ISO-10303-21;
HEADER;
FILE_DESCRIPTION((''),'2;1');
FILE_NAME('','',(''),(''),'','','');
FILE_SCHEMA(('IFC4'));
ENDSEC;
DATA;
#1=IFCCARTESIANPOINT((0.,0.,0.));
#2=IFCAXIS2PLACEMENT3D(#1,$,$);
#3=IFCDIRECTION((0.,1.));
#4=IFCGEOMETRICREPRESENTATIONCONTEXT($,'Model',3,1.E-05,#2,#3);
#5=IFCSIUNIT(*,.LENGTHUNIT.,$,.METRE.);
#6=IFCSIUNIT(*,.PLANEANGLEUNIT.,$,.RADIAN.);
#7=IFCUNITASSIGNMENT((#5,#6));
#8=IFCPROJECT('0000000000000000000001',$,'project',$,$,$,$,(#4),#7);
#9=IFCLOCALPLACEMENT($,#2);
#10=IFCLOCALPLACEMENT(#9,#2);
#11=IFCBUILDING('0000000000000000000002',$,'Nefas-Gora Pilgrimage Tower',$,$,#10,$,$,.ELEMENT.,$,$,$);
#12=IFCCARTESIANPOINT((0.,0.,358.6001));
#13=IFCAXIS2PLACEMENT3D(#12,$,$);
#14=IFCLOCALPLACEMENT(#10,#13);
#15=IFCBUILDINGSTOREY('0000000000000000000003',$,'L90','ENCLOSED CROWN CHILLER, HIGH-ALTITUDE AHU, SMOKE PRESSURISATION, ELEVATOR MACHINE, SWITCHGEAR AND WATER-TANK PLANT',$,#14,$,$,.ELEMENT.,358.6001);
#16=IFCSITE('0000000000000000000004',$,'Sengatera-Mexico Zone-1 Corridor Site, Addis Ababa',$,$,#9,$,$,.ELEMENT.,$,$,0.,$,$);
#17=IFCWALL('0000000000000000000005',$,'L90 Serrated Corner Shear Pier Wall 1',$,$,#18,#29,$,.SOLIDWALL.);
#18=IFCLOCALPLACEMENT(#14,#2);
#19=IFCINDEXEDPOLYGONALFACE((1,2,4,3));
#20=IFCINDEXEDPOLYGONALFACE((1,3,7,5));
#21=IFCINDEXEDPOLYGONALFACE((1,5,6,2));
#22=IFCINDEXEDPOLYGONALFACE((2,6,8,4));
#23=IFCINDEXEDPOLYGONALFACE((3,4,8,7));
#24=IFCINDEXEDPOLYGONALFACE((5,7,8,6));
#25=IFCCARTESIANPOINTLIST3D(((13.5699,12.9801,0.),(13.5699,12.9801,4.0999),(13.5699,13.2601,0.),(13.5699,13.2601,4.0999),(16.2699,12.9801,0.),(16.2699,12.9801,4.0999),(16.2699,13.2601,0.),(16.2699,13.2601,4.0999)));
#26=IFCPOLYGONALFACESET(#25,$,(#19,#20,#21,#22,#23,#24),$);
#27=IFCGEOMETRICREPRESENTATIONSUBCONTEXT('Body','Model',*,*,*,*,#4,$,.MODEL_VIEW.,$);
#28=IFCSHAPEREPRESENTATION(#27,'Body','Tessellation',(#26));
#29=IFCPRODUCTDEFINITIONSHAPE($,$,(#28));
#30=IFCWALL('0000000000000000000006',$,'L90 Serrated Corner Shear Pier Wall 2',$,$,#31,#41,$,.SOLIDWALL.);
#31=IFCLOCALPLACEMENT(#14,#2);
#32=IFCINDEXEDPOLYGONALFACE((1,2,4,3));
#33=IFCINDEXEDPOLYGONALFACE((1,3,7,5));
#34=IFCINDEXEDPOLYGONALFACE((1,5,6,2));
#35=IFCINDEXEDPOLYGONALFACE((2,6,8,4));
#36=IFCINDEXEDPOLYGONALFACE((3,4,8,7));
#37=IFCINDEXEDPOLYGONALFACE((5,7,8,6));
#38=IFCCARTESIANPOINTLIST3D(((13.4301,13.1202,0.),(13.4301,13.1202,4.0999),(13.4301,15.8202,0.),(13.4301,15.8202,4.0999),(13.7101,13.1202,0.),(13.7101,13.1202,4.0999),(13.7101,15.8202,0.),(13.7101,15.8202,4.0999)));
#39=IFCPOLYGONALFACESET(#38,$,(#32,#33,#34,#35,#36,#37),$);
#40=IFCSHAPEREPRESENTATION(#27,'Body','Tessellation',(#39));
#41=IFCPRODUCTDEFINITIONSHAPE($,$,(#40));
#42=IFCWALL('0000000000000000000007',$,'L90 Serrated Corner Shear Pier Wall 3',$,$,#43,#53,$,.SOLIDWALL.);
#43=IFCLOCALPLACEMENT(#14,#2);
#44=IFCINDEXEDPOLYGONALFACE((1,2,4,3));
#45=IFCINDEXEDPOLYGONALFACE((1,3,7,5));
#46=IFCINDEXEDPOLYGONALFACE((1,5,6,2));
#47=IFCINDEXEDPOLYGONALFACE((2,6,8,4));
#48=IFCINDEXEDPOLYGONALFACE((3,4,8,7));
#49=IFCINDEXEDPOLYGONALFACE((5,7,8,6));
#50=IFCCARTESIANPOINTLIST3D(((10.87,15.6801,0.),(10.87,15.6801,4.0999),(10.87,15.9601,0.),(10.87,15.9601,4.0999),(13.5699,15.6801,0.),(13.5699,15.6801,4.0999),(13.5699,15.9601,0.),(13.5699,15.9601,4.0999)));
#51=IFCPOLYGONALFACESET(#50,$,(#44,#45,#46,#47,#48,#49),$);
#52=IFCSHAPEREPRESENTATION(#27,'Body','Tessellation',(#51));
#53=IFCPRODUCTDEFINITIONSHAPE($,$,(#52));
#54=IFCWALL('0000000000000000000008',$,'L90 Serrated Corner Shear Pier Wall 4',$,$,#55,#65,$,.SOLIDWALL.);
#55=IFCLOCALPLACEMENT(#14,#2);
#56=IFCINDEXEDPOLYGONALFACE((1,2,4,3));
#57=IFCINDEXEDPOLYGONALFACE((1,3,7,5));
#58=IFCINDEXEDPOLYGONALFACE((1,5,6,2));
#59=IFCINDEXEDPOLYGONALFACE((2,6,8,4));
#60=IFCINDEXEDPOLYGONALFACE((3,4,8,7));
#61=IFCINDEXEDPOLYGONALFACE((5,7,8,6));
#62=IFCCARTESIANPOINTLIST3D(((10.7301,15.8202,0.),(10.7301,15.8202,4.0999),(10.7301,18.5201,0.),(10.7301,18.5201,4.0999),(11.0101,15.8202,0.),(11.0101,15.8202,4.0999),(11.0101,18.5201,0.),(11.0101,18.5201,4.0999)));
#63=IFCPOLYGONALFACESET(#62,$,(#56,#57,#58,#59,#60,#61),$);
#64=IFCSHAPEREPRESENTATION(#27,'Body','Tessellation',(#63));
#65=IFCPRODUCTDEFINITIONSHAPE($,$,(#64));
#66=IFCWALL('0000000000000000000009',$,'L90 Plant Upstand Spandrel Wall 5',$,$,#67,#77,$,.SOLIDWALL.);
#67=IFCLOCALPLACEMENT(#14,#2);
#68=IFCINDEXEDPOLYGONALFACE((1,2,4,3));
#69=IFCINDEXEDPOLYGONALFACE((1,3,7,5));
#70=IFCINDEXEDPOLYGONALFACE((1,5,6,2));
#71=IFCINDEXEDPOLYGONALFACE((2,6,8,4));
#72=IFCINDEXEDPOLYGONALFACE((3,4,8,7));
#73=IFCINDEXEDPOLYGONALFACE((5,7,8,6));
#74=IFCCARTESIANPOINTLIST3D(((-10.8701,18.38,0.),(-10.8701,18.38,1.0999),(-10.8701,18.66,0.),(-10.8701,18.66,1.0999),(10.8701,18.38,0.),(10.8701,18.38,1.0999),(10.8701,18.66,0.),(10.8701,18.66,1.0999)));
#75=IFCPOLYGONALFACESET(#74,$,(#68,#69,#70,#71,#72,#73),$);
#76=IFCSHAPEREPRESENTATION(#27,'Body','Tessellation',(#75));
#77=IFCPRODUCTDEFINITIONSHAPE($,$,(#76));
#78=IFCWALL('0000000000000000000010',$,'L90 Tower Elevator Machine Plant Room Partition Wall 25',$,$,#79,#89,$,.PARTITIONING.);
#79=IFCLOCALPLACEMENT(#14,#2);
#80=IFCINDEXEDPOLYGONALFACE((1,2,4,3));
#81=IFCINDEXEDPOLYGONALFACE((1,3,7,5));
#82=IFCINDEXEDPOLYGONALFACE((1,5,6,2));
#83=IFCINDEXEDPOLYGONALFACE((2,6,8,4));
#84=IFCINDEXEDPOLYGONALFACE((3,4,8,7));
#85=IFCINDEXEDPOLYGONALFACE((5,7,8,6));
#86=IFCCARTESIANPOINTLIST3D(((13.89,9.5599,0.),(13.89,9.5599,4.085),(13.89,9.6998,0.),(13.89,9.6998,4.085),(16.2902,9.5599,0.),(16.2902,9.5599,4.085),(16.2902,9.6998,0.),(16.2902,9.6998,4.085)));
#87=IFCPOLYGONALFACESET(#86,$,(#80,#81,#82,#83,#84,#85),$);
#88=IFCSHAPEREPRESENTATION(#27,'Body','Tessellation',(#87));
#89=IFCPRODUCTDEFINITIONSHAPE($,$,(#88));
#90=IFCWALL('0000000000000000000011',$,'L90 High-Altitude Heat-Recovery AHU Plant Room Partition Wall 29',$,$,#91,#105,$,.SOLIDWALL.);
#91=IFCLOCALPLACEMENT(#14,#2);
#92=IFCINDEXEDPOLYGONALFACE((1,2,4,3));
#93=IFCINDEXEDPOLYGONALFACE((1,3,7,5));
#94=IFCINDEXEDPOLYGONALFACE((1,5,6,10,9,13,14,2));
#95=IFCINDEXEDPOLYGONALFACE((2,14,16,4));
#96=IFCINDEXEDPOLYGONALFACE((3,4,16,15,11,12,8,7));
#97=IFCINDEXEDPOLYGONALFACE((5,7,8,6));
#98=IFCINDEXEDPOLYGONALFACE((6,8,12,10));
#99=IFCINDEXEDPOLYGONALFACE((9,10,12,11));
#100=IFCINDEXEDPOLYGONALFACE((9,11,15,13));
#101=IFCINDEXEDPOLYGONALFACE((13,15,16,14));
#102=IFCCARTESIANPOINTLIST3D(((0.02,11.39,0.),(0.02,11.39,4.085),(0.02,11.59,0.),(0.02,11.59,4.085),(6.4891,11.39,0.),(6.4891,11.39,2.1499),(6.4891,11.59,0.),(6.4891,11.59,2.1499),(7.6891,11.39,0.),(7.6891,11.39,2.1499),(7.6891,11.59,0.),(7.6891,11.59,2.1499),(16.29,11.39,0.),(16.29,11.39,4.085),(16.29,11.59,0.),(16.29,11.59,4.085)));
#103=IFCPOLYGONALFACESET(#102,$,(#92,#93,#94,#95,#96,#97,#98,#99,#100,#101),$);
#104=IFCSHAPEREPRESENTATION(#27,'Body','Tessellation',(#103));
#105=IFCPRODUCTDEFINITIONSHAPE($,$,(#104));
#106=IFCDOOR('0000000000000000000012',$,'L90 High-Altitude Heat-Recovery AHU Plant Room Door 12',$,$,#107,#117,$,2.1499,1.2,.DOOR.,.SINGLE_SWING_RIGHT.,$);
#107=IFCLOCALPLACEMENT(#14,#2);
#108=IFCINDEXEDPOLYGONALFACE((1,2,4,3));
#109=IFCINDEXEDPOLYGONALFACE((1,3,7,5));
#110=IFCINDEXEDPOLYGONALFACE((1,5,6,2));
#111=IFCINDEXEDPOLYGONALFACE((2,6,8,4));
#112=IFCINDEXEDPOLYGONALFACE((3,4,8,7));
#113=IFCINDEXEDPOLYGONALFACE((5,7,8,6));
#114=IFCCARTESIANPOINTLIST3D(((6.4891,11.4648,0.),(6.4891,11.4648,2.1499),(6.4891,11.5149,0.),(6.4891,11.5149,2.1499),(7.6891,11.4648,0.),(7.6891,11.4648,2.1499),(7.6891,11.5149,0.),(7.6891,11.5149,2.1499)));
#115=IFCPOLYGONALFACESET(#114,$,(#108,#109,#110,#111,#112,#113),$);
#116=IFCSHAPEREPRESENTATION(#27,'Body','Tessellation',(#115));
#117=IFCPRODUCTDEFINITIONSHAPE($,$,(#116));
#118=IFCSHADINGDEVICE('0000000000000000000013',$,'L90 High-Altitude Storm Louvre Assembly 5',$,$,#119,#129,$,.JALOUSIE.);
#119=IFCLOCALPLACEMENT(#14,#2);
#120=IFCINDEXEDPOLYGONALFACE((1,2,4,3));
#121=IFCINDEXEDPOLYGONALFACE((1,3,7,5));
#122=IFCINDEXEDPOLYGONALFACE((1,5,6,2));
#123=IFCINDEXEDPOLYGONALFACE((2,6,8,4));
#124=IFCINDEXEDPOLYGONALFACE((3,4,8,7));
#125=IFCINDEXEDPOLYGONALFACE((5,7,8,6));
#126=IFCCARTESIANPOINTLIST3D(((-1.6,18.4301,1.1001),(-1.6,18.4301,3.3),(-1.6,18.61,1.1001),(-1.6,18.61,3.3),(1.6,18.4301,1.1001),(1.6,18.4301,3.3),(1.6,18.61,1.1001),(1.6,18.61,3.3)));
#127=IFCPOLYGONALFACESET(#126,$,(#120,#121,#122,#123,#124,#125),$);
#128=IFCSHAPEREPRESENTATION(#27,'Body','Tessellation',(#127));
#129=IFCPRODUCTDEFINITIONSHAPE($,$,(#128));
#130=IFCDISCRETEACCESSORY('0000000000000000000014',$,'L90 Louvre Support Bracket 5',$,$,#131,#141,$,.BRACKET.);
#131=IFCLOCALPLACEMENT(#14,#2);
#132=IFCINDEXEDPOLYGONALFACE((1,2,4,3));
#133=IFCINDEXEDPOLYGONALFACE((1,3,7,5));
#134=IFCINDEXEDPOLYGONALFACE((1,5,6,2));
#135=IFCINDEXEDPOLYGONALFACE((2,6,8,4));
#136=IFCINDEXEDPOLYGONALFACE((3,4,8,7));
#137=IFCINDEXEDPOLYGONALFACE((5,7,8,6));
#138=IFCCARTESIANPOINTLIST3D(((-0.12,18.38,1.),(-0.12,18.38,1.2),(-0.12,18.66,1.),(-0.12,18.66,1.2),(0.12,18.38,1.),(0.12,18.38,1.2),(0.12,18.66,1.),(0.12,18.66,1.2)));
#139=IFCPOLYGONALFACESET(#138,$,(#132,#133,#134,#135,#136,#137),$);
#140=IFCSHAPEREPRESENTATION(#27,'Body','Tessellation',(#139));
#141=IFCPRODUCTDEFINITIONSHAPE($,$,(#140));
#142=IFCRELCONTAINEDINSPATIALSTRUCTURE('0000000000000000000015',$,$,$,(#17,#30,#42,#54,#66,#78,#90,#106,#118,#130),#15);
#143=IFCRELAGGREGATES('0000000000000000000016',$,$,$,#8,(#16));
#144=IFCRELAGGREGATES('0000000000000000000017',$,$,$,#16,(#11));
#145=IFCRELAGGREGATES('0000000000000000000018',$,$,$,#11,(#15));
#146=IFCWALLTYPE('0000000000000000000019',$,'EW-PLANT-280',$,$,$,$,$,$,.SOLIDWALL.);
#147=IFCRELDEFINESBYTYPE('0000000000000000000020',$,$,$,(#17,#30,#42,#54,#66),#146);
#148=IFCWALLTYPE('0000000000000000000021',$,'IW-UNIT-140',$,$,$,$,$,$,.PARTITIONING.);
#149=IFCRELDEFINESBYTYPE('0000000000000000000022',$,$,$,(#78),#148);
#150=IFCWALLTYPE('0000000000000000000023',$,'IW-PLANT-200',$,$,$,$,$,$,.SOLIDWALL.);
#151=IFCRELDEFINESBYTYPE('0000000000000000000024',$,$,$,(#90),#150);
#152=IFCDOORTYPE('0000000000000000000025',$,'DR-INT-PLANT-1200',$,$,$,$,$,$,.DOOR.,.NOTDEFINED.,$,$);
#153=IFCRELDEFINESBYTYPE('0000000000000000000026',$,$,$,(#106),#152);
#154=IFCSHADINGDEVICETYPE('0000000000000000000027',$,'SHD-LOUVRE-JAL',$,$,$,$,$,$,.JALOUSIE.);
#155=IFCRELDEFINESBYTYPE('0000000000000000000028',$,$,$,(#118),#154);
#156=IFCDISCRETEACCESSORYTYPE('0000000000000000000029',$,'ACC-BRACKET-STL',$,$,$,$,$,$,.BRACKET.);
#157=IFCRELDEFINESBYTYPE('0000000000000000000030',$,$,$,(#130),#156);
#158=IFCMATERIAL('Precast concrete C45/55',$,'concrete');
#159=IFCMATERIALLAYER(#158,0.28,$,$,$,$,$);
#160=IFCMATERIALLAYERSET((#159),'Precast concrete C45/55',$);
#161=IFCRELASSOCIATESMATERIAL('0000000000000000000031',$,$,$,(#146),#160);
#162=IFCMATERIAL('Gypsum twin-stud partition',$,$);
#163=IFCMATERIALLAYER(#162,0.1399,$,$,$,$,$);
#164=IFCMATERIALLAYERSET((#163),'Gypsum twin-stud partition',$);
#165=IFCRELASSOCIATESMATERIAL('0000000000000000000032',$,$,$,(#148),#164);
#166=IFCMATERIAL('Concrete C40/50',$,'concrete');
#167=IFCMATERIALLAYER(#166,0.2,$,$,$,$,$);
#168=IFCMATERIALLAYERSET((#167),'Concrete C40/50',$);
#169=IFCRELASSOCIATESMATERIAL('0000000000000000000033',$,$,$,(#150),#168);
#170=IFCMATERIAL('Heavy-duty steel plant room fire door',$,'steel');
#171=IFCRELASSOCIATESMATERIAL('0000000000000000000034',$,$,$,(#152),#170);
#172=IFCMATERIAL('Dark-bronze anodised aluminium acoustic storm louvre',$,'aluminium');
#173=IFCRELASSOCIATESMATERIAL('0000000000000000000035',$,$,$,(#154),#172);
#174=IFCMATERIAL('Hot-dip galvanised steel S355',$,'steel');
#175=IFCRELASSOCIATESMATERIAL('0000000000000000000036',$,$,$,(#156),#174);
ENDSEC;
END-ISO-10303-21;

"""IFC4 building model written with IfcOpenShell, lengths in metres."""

from ifc_helpers import new_model, si_unit, direction, frame, frame_2d, origin, origin_2d, place, context, subcontext, project, spatial, rectangle, extrude, source, transform, mapped, material, layer, layer_set, type_object, element, fill, save


model = new_model("IFC4")

# Units and contexts
model_context = context("Model", 3, precision=1e-05, world=origin(), true_north=direction((0.0, 1.0)))
body_context = subcontext(model_context, "Body", "Model", "MODEL_VIEW")
ifc_project = project(units=[si_unit("LENGTHUNIT", "METRE"), si_unit("PLANEANGLEUNIT", "RADIAN")], contexts=[model_context])

# Site, building, storey
site_placement = place(None, origin())
site = spatial("IfcSite", under=ifc_project, at=site_placement, Name="Sengatera-Mexico Zone-1 Corridor Site, Addis Ababa", CompositionType="ELEMENT", RefElevation=0.0)
building_placement = place(site_placement, origin())
building = spatial("IfcBuilding", under=site, at=building_placement, Name="Nefas-Gora Pilgrimage Tower", CompositionType="ELEMENT")
storey_placement = place(building_placement, frame((0.0, 0.0, 358.6001)))
storey = spatial("IfcBuildingStorey", under=building, at=storey_placement, Name="L90", Description="ENCLOSED CROWN CHILLER, HIGH-ALTITUDE AHU, SMOKE PRESSURISATION, ELEVATOR MACHINE, SWITCHGEAR AND WATER-TANK PLANT", CompositionType="ELEMENT", Elevation=358.6001)

# Walls
ifc_material_1 = material(Name="Precast concrete C45/55", Category="concrete")
ifc_layer_1 = layer(ifc_material_1, 0.28)
ifc_layer_set_1 = layer_set([ifc_layer_1], Name="Precast concrete C45/55")
wall_type_1 = type_object("IfcWallType", Name="EW-PLANT-280", PredefinedType="SOLIDWALL", material=ifc_layer_set_1)
shared_shape_1 = source(origin(), body_context, "Body", "SweptSolid", [
    extrude(rectangle(XDim=2.7, YDim=0.28, at=frame_2d((1.3501, 0.0))), origin(), (0.0, 0.0, 1.0), 4.0999),
])
for number, where, z_axis, x_axis, name in (
    (1, (16.27, 13.1201, 0.0), (0.0, 0.0, 1.0), (-1.0, 0.0, 0.0), "L90 Serrated Corner Shear Pier Wall 1"),
    (2, (13.5701, 13.1201, 0.0), (0.0, 0.0, 1.0), (0.0, 1.0, 0.0), "L90 Serrated Corner Shear Pier Wall 2"),
    (3, (13.5701, 15.8201, 0.0), (0.0, 0.0, 1.0), (-1.0, 0.0, 0.0), "L90 Serrated Corner Shear Pier Wall 3"),
    (4, (10.8701, 15.8201, 0.0), (0.0, 0.0, 1.0), (0.0, 1.0, 0.0), "L90 Serrated Corner Shear Pier Wall 4"),
):
    element("IfcWall", number, at=place(storey_placement, frame(where, z_axis=z_axis, x_axis=x_axis)), inside=storey, type_object=wall_type_1, Name=name, PredefinedType="SOLIDWALL", context=body_context, shape_type="MappedRepresentation", body=[
        mapped(shared_shape_1, transform((0.0, 0.0, 0.0), x_axis=(1.0, 0.0, 0.0), y_axis=(0.0, 1.0, 0.0), z_axis=(0.0, 0.0, 1.0), scale=1.0)),
    ])
shared_shape_2 = source(origin(), body_context, "Body", "SweptSolid", [
    extrude(rectangle(XDim=21.7402, YDim=0.28, at=frame_2d((10.8701, 0.0))), origin(), (0.0, 0.0, 1.0), 1.0999),
])
wall_1_placement = place(storey_placement, frame((10.8701, 18.52, 0.0), z_axis=(0.0, 0.0, 1.0), x_axis=(-1.0, 0.0, 0.0)))
element("IfcWall", 5, at=wall_1_placement, inside=storey, type_object=wall_type_1, Name="L90 Plant Upstand Spandrel Wall 5", PredefinedType="SOLIDWALL", context=body_context, shape_type="MappedRepresentation", body=[
    mapped(shared_shape_2, transform((0.0, 0.0, 0.0), x_axis=(1.0, 0.0, 0.0), y_axis=(0.0, 1.0, 0.0), z_axis=(0.0, 0.0, 1.0), scale=1.0)),
])
ifc_material_2 = material(Name="Gypsum twin-stud partition")
ifc_layer_2 = layer(ifc_material_2, 0.1399)
ifc_layer_set_2 = layer_set([ifc_layer_2], Name="Gypsum twin-stud partition")
wall_type_2 = type_object("IfcWallType", Name="IW-UNIT-140", PredefinedType="PARTITIONING", material=ifc_layer_set_2)
shared_shape_3 = source(origin(), body_context, "Body", "SweptSolid", [
    extrude(rectangle(XDim=2.4001, YDim=0.1399, at=frame_2d((1.2002, 0.0))), origin(), (0.0, 0.0, 1.0), 4.085),
])
wall_2_placement = place(storey_placement, frame((13.8899, 9.6299, 0.0), z_axis=(0.0, 0.0, 1.0), x_axis=(1.0, 0.0, 0.0)))
element("IfcWall", 6, at=wall_2_placement, inside=storey, type_object=wall_type_2, Name="L90 Tower Elevator Machine Plant Room Partition Wall 25", PredefinedType="PARTITIONING", context=body_context, shape_type="MappedRepresentation", body=[
    mapped(shared_shape_3, transform((0.0, 0.0, 0.0), x_axis=(1.0, 0.0, 0.0), y_axis=(0.0, 1.0, 0.0), z_axis=(0.0, 0.0, 1.0), scale=1.0)),
])

# Wall, opening, door
ifc_material_3 = material(Name="Concrete C40/50", Category="concrete")
ifc_layer_3 = layer(ifc_material_3, 0.2)
ifc_layer_set_3 = layer_set([ifc_layer_3], Name="Concrete C40/50")
wall_type_3 = type_object("IfcWallType", Name="IW-PLANT-200", PredefinedType="SOLIDWALL", material=ifc_layer_set_3)
shared_shape_4 = source(origin(), body_context, "Body", "SweptSolid", [
    extrude(rectangle(XDim=16.27, YDim=0.2, at=frame_2d((8.135, 0.0))), origin(), (0.0, 0.0, 1.0), 4.085),
])
wall_3_placement = place(storey_placement, frame((0.02, 11.49, 0.0), z_axis=(0.0, 0.0, 1.0), x_axis=(1.0, 0.0, 0.0)))
wall_3 = element("IfcWall", 7, at=wall_3_placement, inside=storey, type_object=wall_type_3, Name="L90 High-Altitude Heat-Recovery AHU Plant Room Partition Wall 29", PredefinedType="SOLIDWALL", context=body_context, shape_type="MappedRepresentation", body=[
    mapped(shared_shape_4, transform((0.0, 0.0, 0.0), x_axis=(1.0, 0.0, 0.0), y_axis=(0.0, 1.0, 0.0), z_axis=(0.0, 0.0, 1.0), scale=1.0)),
])
opening_placement = place(wall_3_placement, frame((6.469, 0.0, 0.0)))
opening = element("IfcOpeningElement", 8, at=opening_placement, cuts=wall_3, PredefinedType="OPENING", context=body_context, shape_type="SweptSolid", body=[
    extrude(rectangle(XDim=1.2, YDim=2.1499, at=frame_2d((0.6001, 1.075))), frame((0.0, 0.1099, 0.0), z_axis=(0.0, -1.0, 0.0), x_axis=(1.0, 0.0, 0.0)), (0.0, 0.0, 1.0), 0.22),
])
ifc_material_4 = material(Name="Heavy-duty steel plant room fire door", Category="steel")
door_type = type_object("IfcDoorType", Name="DR-INT-PLANT-1200", OperationType="NOTDEFINED", PredefinedType="DOOR", material=ifc_material_4)
shared_shape_5 = source(origin(), body_context, "Body", "SweptSolid", [
    extrude(rectangle(XDim=1.2, YDim=2.1499, at=frame_2d((0.6001, 1.075))), frame((0.0, 0.0249, 0.0), z_axis=(0.0, -1.0, 0.0), x_axis=(1.0, 0.0, 0.0)), (0.0, 0.0, 1.0), 0.05),
])
door_placement = place(opening_placement, origin())
door = element("IfcDoor", 9, at=door_placement, inside=storey, type_object=door_type, Name="L90 High-Altitude Heat-Recovery AHU Plant Room Door 12", OperationType="SINGLE_SWING_RIGHT", OverallHeight=2.1499, OverallWidth=1.2, PredefinedType="DOOR", context=body_context, shape_type="MappedRepresentation", body=[
    mapped(shared_shape_5, transform((0.0, 0.0, 0.0), x_axis=(1.0, 0.0, 0.0), y_axis=(0.0, 1.0, 0.0), z_axis=(0.0, 0.0, 1.0), scale=1.0)),
])
fill(opening, door)

# Shading device
ifc_material_5 = material(Name="Dark-bronze anodised aluminium acoustic storm louvre", Category="aluminium")
shading_device_type = type_object("IfcShadingDeviceType", Name="SHD-LOUVRE-JAL", PredefinedType="JALOUSIE", material=ifc_material_5)
shared_shape_6 = source(origin(), body_context, "Body", "SweptSolid", [
    extrude(rectangle(XDim=3.2, YDim=0.1799, at=origin_2d()), origin(), (0.0, 0.0, 1.0), 2.2),
])
shading_device_placement = place(storey_placement, frame((0.0, 18.52, 1.1001), z_axis=(0.0, 0.0, 1.0), x_axis=(1.0, 0.0, 0.0)))
element("IfcShadingDevice", 10, at=shading_device_placement, inside=storey, type_object=shading_device_type, Name="L90 High-Altitude Storm Louvre Assembly 5", PredefinedType="JALOUSIE", context=body_context, shape_type="MappedRepresentation", body=[
    mapped(shared_shape_6, transform((0.0, 0.0, 0.0), x_axis=(1.0, 0.0, 0.0), y_axis=(0.0, 1.0, 0.0), z_axis=(0.0, 0.0, 1.0), scale=1.0)),
])

# Discrete accessory
ifc_material_6 = material(Name="Hot-dip galvanised steel S355", Category="steel")
discrete_accessory_type = type_object("IfcDiscreteAccessoryType", Name="ACC-BRACKET-STL", PredefinedType="BRACKET", material=ifc_material_6)
shared_shape_7 = source(origin(), body_context, "Body", "SweptSolid", [
    extrude(rectangle(XDim=0.24, YDim=0.28, at=origin_2d()), origin(), (0.0, 0.0, 1.0), 0.2),
])
discrete_accessory_placement = place(storey_placement, frame((0.0, 18.52, 1.0), z_axis=(0.0, 0.0, 1.0), x_axis=(1.0, 0.0, 0.0)))
element("IfcDiscreteAccessory", 11, at=discrete_accessory_placement, inside=storey, type_object=discrete_accessory_type, Name="L90 Louvre Support Bracket 5", PredefinedType="BRACKET", context=body_context, shape_type="MappedRepresentation", body=[
    mapped(shared_shape_7, transform((0.0, 0.0, 0.0), x_axis=(1.0, 0.0, 0.0), y_axis=(0.0, 1.0, 0.0), z_axis=(0.0, 0.0, 1.0), scale=1.0)),
])

save(model, "model.ifc")
